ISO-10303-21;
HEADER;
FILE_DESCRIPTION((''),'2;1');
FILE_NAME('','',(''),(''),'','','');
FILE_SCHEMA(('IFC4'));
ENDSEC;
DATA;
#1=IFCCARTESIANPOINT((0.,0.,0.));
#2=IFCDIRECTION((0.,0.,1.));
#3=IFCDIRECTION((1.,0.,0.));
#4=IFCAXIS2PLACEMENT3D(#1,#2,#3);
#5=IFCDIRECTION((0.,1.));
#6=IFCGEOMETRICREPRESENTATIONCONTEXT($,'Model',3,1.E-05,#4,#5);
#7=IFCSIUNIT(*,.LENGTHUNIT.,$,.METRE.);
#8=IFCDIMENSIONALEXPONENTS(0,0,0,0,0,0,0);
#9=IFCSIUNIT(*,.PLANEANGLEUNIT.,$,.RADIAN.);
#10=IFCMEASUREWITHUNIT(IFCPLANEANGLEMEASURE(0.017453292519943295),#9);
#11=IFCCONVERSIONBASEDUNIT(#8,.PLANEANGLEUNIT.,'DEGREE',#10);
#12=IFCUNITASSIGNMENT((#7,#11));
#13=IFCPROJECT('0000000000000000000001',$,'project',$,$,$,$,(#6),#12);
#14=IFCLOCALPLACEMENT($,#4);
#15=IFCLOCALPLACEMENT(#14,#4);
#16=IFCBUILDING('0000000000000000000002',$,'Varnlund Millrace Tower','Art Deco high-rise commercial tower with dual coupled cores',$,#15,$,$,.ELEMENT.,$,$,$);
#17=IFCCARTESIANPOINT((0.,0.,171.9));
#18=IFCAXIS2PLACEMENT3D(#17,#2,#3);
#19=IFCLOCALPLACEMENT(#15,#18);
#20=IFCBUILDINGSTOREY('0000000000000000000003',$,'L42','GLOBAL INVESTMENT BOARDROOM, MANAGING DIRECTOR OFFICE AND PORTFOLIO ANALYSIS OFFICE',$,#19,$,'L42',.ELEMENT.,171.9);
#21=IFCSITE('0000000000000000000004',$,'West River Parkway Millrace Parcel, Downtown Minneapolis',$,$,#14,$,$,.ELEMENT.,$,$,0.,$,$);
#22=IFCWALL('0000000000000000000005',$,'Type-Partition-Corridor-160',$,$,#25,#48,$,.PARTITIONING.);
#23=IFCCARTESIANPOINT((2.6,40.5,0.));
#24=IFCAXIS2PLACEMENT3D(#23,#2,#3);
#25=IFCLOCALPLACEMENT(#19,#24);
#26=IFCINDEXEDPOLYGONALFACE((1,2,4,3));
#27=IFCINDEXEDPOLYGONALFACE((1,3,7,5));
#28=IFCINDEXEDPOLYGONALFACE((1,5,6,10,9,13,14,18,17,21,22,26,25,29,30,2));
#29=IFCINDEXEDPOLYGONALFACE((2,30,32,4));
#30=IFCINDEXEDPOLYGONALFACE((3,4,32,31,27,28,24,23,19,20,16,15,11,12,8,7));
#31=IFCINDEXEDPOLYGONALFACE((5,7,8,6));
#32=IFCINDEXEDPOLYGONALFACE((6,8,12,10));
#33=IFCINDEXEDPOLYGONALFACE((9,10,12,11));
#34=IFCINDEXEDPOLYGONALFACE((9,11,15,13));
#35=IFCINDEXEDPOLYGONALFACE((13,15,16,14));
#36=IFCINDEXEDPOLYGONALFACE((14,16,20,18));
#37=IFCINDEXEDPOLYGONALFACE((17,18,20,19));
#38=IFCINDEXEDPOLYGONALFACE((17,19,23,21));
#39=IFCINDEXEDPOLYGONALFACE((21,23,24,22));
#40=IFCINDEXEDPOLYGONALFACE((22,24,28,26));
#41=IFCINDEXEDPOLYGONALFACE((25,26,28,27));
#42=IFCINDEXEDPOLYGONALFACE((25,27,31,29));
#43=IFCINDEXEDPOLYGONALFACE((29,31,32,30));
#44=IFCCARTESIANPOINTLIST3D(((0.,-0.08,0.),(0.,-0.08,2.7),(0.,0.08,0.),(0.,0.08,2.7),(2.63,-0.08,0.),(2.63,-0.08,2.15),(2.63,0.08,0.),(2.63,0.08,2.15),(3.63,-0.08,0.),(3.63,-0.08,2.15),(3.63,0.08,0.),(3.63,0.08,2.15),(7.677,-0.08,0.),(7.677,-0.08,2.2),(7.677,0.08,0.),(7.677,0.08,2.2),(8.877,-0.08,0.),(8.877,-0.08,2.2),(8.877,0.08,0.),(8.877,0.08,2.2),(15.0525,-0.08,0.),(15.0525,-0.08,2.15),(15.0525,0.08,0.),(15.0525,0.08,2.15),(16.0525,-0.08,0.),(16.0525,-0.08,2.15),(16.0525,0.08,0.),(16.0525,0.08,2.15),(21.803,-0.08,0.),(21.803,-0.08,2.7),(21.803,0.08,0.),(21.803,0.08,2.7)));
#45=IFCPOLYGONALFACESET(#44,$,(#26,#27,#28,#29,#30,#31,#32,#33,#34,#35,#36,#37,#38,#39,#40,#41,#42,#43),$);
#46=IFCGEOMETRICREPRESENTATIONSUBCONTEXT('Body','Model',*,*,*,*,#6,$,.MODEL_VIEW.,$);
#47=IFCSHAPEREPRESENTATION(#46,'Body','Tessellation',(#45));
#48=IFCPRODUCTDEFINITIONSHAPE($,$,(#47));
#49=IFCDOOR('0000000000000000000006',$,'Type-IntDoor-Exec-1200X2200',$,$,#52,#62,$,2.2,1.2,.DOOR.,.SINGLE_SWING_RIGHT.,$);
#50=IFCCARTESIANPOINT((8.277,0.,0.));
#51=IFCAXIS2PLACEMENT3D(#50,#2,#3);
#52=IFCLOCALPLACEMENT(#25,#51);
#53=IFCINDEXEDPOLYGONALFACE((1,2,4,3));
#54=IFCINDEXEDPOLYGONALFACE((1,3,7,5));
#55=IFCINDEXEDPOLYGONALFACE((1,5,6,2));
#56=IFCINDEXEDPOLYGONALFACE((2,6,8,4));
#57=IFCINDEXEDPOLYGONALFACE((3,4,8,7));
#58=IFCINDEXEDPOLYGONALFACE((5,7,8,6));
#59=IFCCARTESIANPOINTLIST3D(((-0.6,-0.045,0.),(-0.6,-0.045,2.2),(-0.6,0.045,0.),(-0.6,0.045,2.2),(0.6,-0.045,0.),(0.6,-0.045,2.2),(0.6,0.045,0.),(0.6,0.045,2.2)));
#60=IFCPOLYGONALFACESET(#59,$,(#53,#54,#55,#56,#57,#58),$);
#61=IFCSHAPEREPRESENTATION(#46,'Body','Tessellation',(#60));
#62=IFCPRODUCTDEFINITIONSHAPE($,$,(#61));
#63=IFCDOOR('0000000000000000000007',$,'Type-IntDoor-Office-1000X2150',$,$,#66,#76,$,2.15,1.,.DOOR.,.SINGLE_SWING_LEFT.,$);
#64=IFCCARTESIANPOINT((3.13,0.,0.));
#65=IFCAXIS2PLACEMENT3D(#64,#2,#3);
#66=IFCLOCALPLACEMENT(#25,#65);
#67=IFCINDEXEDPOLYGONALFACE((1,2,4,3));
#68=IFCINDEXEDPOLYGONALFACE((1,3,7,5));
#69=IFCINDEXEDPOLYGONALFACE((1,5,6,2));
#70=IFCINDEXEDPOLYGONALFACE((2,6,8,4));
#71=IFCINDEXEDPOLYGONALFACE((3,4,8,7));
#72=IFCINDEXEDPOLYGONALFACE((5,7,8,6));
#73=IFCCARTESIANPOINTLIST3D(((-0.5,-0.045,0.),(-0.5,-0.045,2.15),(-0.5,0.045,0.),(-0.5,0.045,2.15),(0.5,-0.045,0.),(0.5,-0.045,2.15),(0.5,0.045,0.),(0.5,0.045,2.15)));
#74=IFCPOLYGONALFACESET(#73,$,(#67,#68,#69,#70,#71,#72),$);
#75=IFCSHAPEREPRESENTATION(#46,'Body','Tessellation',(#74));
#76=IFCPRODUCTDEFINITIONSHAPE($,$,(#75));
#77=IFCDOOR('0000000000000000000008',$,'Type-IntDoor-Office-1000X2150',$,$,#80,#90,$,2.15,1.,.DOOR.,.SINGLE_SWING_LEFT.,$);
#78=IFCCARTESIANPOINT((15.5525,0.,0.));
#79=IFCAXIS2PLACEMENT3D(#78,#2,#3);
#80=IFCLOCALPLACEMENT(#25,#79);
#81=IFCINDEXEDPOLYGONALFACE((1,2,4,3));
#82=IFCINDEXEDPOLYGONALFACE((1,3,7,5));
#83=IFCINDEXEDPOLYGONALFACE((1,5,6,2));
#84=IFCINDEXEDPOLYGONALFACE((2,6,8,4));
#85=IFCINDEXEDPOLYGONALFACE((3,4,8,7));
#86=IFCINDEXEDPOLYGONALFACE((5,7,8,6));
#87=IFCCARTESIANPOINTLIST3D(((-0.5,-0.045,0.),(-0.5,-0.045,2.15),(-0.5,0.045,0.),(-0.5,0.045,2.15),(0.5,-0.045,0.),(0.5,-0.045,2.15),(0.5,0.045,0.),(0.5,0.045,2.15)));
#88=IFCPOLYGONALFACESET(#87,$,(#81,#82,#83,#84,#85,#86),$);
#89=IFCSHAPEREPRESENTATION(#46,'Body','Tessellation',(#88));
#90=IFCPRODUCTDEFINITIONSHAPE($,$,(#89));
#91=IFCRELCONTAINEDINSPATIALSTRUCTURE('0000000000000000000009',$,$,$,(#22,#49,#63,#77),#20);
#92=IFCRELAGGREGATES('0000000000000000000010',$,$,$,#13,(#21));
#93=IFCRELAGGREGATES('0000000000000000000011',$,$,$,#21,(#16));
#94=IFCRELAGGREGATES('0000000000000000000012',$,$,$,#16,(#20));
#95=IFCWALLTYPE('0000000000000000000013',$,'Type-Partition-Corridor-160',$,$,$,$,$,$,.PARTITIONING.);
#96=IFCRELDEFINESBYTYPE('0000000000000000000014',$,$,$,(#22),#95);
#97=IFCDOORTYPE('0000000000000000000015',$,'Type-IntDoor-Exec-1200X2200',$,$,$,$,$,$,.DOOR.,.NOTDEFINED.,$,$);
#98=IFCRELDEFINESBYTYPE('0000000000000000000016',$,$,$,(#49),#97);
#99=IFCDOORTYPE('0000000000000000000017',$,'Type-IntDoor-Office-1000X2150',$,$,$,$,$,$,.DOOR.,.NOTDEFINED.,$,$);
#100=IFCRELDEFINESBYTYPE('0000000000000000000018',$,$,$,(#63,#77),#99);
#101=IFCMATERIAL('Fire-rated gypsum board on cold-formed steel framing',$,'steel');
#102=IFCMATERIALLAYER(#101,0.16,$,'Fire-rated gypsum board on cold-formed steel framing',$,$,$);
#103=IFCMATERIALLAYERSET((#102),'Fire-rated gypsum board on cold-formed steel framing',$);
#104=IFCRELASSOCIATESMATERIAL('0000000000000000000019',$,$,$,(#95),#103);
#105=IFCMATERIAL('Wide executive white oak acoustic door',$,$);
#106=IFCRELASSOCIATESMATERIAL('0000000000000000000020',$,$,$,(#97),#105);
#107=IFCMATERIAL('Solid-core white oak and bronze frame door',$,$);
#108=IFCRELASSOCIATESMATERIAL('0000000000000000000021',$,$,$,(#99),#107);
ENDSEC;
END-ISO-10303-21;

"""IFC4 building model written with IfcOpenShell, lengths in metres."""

from ifc_helpers import new_model, entity, si_unit, converted_unit, direction, frame, origin_with_axes, origin_2d_with_axis, place, context, subcontext, project, spatial, polyline, rectangle, outline, extrude, material, layer, layer_set, type_object, element, fill, save


model = new_model("IFC4")

# Units and contexts
model_context = context("Model", 3, precision=1e-05, world=origin_with_axes(), true_north=direction((0.0, 1.0)))
body_context = subcontext(model_context, "Body", "Model", "MODEL_VIEW")
ifc_project = project(units=[si_unit("LENGTHUNIT", "METRE"), converted_unit("PLANEANGLEUNIT", "DEGREE", entity("IfcPlaneAngleMeasure", 0.017453292519943295), si_unit("PLANEANGLEUNIT", "RADIAN"), dimensions=[0, 0, 0, 0, 0, 0, 0])], contexts=[model_context])

# Site, building, storey
site_placement = place(None, origin_with_axes())
site = spatial("IfcSite", under=ifc_project, at=site_placement, Name="West River Parkway Millrace Parcel, Downtown Minneapolis", CompositionType="ELEMENT", RefElevation=0.0)
building_placement = place(site_placement, origin_with_axes())
building = spatial("IfcBuilding", under=site, at=building_placement, Name="Varnlund Millrace Tower", Description="Art Deco high-rise commercial tower with dual coupled cores", CompositionType="ELEMENT")
storey_placement = place(building_placement, frame((0.0, 0.0, 171.9), z_axis=(0.0, 0.0, 1.0), x_axis=(1.0, 0.0, 0.0)))
storey = spatial("IfcBuildingStorey", under=building, at=storey_placement, Name="L42", Description="GLOBAL INVESTMENT BOARDROOM, MANAGING DIRECTOR OFFICE AND PORTFOLIO ANALYSIS OFFICE", LongName="L42", CompositionType="ELEMENT", Elevation=171.9)

# Wall, openings, doors
ifc_material_1 = material(Name="Fire-rated gypsum board on cold-formed steel framing", Category="steel")
ifc_layer_1 = layer(ifc_material_1, 0.16, Name="Fire-rated gypsum board on cold-formed steel framing")
ifc_layer_set_1 = layer_set([ifc_layer_1], Name="Fire-rated gypsum board on cold-formed steel framing")
wall_type_1 = type_object("IfcWallType", Name="Type-Partition-Corridor-160", PredefinedType="PARTITIONING", material=ifc_layer_set_1)
wall_1_placement = place(storey_placement, frame((2.6, 40.5, 0.0), z_axis=(0.0, 0.0, 1.0), x_axis=(1.0, 0.0, 0.0)))
wall_1 = element("IfcWall", 1, at=wall_1_placement, inside=storey, type_object=wall_type_1, Name="Type-Partition-Corridor-160", PredefinedType="PARTITIONING", context=body_context, shape_type="SweptSolid", body=[
    extrude(outline(polyline([(0.0, -0.08), (21.803, -0.08), (21.803, 0.08), (0.0, 0.08), (0.0, -0.08)])), origin_with_axes(), (0.0, 0.0, 1.0), 2.7),
])
opening_1_placement = place(wall_1_placement, frame((3.13, 0.0, 0.0), z_axis=(0.0, 0.0, 1.0), x_axis=(1.0, 0.0, 0.0)))
opening_1 = element("IfcOpeningElement", 2, at=opening_1_placement, cuts=wall_1, PredefinedType="OPENING", context=body_context, shape_type="SweptSolid", body=[
    extrude(rectangle(XDim=1.0, YDim=0.18, at=origin_2d_with_axis()), origin_with_axes(), (0.0, 0.0, 1.0), 2.15),
])
opening_2_placement = place(wall_1_placement, frame((8.277, 0.0, 0.0), z_axis=(0.0, 0.0, 1.0), x_axis=(1.0, 0.0, 0.0)))
opening_2 = element("IfcOpeningElement", 3, at=opening_2_placement, cuts=wall_1, PredefinedType="OPENING", context=body_context, shape_type="SweptSolid", body=[
    extrude(rectangle(XDim=1.2, YDim=0.18, at=origin_2d_with_axis()), origin_with_axes(), (0.0, 0.0, 1.0), 2.2),
])
opening_3_placement = place(wall_1_placement, frame((15.5525, 0.0, 0.0), z_axis=(0.0, 0.0, 1.0), x_axis=(1.0, 0.0, 0.0)))
opening_3 = element("IfcOpeningElement", 4, at=opening_3_placement, cuts=wall_1, PredefinedType="OPENING", context=body_context, shape_type="SweptSolid", body=[
    extrude(rectangle(XDim=1.0, YDim=0.18, at=origin_2d_with_axis()), origin_with_axes(), (0.0, 0.0, 1.0), 2.15),
])
ifc_material_2 = material(Name="Wide executive white oak acoustic door")
door_type_1 = type_object("IfcDoorType", Name="Type-IntDoor-Exec-1200X2200", OperationType="NOTDEFINED", PredefinedType="DOOR", material=ifc_material_2)
door_1_placement = place(wall_1_placement, frame((8.277, 0.0, 0.0), z_axis=(0.0, 0.0, 1.0), x_axis=(1.0, 0.0, 0.0)))
door_1 = element("IfcDoor", 5, at=door_1_placement, inside=storey, type_object=door_type_1, Name="Type-IntDoor-Exec-1200X2200", OperationType="SINGLE_SWING_RIGHT", OverallHeight=2.2, OverallWidth=1.2, PredefinedType="DOOR", context=body_context, shape_type="SweptSolid", body=[
    extrude(rectangle(XDim=1.2, YDim=0.09, at=origin_2d_with_axis()), origin_with_axes(), (0.0, 0.0, 1.0), 2.2),
])
fill(opening_2, door_1)
ifc_material_3 = material(Name="Solid-core white oak and bronze frame door")
door_type_2 = type_object("IfcDoorType", Name="Type-IntDoor-Office-1000X2150", OperationType="NOTDEFINED", PredefinedType="DOOR", material=ifc_material_3)
door_2_placement = place(wall_1_placement, frame((3.13, 0.0, 0.0), z_axis=(0.0, 0.0, 1.0), x_axis=(1.0, 0.0, 0.0)))
door_2 = element("IfcDoor", 6, at=door_2_placement, inside=storey, type_object=door_type_2, Name="Type-IntDoor-Office-1000X2150", OperationType="SINGLE_SWING_LEFT", OverallHeight=2.15, OverallWidth=1.0, PredefinedType="DOOR", context=body_context, shape_type="SweptSolid", body=[
    extrude(rectangle(XDim=1.0, YDim=0.09, at=origin_2d_with_axis()), origin_with_axes(), (0.0, 0.0, 1.0), 2.15),
])
fill(opening_1, door_2)
door_3_placement = place(wall_1_placement, frame((15.5525, 0.0, 0.0), z_axis=(0.0, 0.0, 1.0), x_axis=(1.0, 0.0, 0.0)))
door_3 = element("IfcDoor", 7, at=door_3_placement, inside=storey, type_object=door_type_2, Name="Type-IntDoor-Office-1000X2150", OperationType="SINGLE_SWING_LEFT", OverallHeight=2.15, OverallWidth=1.0, PredefinedType="DOOR", context=body_context, shape_type="SweptSolid", body=[
    extrude(rectangle(XDim=1.0, YDim=0.09, at=origin_2d_with_axis()), origin_with_axes(), (0.0, 0.0, 1.0), 2.15),
])
fill(opening_3, door_3)

save(model, "model.ifc")
